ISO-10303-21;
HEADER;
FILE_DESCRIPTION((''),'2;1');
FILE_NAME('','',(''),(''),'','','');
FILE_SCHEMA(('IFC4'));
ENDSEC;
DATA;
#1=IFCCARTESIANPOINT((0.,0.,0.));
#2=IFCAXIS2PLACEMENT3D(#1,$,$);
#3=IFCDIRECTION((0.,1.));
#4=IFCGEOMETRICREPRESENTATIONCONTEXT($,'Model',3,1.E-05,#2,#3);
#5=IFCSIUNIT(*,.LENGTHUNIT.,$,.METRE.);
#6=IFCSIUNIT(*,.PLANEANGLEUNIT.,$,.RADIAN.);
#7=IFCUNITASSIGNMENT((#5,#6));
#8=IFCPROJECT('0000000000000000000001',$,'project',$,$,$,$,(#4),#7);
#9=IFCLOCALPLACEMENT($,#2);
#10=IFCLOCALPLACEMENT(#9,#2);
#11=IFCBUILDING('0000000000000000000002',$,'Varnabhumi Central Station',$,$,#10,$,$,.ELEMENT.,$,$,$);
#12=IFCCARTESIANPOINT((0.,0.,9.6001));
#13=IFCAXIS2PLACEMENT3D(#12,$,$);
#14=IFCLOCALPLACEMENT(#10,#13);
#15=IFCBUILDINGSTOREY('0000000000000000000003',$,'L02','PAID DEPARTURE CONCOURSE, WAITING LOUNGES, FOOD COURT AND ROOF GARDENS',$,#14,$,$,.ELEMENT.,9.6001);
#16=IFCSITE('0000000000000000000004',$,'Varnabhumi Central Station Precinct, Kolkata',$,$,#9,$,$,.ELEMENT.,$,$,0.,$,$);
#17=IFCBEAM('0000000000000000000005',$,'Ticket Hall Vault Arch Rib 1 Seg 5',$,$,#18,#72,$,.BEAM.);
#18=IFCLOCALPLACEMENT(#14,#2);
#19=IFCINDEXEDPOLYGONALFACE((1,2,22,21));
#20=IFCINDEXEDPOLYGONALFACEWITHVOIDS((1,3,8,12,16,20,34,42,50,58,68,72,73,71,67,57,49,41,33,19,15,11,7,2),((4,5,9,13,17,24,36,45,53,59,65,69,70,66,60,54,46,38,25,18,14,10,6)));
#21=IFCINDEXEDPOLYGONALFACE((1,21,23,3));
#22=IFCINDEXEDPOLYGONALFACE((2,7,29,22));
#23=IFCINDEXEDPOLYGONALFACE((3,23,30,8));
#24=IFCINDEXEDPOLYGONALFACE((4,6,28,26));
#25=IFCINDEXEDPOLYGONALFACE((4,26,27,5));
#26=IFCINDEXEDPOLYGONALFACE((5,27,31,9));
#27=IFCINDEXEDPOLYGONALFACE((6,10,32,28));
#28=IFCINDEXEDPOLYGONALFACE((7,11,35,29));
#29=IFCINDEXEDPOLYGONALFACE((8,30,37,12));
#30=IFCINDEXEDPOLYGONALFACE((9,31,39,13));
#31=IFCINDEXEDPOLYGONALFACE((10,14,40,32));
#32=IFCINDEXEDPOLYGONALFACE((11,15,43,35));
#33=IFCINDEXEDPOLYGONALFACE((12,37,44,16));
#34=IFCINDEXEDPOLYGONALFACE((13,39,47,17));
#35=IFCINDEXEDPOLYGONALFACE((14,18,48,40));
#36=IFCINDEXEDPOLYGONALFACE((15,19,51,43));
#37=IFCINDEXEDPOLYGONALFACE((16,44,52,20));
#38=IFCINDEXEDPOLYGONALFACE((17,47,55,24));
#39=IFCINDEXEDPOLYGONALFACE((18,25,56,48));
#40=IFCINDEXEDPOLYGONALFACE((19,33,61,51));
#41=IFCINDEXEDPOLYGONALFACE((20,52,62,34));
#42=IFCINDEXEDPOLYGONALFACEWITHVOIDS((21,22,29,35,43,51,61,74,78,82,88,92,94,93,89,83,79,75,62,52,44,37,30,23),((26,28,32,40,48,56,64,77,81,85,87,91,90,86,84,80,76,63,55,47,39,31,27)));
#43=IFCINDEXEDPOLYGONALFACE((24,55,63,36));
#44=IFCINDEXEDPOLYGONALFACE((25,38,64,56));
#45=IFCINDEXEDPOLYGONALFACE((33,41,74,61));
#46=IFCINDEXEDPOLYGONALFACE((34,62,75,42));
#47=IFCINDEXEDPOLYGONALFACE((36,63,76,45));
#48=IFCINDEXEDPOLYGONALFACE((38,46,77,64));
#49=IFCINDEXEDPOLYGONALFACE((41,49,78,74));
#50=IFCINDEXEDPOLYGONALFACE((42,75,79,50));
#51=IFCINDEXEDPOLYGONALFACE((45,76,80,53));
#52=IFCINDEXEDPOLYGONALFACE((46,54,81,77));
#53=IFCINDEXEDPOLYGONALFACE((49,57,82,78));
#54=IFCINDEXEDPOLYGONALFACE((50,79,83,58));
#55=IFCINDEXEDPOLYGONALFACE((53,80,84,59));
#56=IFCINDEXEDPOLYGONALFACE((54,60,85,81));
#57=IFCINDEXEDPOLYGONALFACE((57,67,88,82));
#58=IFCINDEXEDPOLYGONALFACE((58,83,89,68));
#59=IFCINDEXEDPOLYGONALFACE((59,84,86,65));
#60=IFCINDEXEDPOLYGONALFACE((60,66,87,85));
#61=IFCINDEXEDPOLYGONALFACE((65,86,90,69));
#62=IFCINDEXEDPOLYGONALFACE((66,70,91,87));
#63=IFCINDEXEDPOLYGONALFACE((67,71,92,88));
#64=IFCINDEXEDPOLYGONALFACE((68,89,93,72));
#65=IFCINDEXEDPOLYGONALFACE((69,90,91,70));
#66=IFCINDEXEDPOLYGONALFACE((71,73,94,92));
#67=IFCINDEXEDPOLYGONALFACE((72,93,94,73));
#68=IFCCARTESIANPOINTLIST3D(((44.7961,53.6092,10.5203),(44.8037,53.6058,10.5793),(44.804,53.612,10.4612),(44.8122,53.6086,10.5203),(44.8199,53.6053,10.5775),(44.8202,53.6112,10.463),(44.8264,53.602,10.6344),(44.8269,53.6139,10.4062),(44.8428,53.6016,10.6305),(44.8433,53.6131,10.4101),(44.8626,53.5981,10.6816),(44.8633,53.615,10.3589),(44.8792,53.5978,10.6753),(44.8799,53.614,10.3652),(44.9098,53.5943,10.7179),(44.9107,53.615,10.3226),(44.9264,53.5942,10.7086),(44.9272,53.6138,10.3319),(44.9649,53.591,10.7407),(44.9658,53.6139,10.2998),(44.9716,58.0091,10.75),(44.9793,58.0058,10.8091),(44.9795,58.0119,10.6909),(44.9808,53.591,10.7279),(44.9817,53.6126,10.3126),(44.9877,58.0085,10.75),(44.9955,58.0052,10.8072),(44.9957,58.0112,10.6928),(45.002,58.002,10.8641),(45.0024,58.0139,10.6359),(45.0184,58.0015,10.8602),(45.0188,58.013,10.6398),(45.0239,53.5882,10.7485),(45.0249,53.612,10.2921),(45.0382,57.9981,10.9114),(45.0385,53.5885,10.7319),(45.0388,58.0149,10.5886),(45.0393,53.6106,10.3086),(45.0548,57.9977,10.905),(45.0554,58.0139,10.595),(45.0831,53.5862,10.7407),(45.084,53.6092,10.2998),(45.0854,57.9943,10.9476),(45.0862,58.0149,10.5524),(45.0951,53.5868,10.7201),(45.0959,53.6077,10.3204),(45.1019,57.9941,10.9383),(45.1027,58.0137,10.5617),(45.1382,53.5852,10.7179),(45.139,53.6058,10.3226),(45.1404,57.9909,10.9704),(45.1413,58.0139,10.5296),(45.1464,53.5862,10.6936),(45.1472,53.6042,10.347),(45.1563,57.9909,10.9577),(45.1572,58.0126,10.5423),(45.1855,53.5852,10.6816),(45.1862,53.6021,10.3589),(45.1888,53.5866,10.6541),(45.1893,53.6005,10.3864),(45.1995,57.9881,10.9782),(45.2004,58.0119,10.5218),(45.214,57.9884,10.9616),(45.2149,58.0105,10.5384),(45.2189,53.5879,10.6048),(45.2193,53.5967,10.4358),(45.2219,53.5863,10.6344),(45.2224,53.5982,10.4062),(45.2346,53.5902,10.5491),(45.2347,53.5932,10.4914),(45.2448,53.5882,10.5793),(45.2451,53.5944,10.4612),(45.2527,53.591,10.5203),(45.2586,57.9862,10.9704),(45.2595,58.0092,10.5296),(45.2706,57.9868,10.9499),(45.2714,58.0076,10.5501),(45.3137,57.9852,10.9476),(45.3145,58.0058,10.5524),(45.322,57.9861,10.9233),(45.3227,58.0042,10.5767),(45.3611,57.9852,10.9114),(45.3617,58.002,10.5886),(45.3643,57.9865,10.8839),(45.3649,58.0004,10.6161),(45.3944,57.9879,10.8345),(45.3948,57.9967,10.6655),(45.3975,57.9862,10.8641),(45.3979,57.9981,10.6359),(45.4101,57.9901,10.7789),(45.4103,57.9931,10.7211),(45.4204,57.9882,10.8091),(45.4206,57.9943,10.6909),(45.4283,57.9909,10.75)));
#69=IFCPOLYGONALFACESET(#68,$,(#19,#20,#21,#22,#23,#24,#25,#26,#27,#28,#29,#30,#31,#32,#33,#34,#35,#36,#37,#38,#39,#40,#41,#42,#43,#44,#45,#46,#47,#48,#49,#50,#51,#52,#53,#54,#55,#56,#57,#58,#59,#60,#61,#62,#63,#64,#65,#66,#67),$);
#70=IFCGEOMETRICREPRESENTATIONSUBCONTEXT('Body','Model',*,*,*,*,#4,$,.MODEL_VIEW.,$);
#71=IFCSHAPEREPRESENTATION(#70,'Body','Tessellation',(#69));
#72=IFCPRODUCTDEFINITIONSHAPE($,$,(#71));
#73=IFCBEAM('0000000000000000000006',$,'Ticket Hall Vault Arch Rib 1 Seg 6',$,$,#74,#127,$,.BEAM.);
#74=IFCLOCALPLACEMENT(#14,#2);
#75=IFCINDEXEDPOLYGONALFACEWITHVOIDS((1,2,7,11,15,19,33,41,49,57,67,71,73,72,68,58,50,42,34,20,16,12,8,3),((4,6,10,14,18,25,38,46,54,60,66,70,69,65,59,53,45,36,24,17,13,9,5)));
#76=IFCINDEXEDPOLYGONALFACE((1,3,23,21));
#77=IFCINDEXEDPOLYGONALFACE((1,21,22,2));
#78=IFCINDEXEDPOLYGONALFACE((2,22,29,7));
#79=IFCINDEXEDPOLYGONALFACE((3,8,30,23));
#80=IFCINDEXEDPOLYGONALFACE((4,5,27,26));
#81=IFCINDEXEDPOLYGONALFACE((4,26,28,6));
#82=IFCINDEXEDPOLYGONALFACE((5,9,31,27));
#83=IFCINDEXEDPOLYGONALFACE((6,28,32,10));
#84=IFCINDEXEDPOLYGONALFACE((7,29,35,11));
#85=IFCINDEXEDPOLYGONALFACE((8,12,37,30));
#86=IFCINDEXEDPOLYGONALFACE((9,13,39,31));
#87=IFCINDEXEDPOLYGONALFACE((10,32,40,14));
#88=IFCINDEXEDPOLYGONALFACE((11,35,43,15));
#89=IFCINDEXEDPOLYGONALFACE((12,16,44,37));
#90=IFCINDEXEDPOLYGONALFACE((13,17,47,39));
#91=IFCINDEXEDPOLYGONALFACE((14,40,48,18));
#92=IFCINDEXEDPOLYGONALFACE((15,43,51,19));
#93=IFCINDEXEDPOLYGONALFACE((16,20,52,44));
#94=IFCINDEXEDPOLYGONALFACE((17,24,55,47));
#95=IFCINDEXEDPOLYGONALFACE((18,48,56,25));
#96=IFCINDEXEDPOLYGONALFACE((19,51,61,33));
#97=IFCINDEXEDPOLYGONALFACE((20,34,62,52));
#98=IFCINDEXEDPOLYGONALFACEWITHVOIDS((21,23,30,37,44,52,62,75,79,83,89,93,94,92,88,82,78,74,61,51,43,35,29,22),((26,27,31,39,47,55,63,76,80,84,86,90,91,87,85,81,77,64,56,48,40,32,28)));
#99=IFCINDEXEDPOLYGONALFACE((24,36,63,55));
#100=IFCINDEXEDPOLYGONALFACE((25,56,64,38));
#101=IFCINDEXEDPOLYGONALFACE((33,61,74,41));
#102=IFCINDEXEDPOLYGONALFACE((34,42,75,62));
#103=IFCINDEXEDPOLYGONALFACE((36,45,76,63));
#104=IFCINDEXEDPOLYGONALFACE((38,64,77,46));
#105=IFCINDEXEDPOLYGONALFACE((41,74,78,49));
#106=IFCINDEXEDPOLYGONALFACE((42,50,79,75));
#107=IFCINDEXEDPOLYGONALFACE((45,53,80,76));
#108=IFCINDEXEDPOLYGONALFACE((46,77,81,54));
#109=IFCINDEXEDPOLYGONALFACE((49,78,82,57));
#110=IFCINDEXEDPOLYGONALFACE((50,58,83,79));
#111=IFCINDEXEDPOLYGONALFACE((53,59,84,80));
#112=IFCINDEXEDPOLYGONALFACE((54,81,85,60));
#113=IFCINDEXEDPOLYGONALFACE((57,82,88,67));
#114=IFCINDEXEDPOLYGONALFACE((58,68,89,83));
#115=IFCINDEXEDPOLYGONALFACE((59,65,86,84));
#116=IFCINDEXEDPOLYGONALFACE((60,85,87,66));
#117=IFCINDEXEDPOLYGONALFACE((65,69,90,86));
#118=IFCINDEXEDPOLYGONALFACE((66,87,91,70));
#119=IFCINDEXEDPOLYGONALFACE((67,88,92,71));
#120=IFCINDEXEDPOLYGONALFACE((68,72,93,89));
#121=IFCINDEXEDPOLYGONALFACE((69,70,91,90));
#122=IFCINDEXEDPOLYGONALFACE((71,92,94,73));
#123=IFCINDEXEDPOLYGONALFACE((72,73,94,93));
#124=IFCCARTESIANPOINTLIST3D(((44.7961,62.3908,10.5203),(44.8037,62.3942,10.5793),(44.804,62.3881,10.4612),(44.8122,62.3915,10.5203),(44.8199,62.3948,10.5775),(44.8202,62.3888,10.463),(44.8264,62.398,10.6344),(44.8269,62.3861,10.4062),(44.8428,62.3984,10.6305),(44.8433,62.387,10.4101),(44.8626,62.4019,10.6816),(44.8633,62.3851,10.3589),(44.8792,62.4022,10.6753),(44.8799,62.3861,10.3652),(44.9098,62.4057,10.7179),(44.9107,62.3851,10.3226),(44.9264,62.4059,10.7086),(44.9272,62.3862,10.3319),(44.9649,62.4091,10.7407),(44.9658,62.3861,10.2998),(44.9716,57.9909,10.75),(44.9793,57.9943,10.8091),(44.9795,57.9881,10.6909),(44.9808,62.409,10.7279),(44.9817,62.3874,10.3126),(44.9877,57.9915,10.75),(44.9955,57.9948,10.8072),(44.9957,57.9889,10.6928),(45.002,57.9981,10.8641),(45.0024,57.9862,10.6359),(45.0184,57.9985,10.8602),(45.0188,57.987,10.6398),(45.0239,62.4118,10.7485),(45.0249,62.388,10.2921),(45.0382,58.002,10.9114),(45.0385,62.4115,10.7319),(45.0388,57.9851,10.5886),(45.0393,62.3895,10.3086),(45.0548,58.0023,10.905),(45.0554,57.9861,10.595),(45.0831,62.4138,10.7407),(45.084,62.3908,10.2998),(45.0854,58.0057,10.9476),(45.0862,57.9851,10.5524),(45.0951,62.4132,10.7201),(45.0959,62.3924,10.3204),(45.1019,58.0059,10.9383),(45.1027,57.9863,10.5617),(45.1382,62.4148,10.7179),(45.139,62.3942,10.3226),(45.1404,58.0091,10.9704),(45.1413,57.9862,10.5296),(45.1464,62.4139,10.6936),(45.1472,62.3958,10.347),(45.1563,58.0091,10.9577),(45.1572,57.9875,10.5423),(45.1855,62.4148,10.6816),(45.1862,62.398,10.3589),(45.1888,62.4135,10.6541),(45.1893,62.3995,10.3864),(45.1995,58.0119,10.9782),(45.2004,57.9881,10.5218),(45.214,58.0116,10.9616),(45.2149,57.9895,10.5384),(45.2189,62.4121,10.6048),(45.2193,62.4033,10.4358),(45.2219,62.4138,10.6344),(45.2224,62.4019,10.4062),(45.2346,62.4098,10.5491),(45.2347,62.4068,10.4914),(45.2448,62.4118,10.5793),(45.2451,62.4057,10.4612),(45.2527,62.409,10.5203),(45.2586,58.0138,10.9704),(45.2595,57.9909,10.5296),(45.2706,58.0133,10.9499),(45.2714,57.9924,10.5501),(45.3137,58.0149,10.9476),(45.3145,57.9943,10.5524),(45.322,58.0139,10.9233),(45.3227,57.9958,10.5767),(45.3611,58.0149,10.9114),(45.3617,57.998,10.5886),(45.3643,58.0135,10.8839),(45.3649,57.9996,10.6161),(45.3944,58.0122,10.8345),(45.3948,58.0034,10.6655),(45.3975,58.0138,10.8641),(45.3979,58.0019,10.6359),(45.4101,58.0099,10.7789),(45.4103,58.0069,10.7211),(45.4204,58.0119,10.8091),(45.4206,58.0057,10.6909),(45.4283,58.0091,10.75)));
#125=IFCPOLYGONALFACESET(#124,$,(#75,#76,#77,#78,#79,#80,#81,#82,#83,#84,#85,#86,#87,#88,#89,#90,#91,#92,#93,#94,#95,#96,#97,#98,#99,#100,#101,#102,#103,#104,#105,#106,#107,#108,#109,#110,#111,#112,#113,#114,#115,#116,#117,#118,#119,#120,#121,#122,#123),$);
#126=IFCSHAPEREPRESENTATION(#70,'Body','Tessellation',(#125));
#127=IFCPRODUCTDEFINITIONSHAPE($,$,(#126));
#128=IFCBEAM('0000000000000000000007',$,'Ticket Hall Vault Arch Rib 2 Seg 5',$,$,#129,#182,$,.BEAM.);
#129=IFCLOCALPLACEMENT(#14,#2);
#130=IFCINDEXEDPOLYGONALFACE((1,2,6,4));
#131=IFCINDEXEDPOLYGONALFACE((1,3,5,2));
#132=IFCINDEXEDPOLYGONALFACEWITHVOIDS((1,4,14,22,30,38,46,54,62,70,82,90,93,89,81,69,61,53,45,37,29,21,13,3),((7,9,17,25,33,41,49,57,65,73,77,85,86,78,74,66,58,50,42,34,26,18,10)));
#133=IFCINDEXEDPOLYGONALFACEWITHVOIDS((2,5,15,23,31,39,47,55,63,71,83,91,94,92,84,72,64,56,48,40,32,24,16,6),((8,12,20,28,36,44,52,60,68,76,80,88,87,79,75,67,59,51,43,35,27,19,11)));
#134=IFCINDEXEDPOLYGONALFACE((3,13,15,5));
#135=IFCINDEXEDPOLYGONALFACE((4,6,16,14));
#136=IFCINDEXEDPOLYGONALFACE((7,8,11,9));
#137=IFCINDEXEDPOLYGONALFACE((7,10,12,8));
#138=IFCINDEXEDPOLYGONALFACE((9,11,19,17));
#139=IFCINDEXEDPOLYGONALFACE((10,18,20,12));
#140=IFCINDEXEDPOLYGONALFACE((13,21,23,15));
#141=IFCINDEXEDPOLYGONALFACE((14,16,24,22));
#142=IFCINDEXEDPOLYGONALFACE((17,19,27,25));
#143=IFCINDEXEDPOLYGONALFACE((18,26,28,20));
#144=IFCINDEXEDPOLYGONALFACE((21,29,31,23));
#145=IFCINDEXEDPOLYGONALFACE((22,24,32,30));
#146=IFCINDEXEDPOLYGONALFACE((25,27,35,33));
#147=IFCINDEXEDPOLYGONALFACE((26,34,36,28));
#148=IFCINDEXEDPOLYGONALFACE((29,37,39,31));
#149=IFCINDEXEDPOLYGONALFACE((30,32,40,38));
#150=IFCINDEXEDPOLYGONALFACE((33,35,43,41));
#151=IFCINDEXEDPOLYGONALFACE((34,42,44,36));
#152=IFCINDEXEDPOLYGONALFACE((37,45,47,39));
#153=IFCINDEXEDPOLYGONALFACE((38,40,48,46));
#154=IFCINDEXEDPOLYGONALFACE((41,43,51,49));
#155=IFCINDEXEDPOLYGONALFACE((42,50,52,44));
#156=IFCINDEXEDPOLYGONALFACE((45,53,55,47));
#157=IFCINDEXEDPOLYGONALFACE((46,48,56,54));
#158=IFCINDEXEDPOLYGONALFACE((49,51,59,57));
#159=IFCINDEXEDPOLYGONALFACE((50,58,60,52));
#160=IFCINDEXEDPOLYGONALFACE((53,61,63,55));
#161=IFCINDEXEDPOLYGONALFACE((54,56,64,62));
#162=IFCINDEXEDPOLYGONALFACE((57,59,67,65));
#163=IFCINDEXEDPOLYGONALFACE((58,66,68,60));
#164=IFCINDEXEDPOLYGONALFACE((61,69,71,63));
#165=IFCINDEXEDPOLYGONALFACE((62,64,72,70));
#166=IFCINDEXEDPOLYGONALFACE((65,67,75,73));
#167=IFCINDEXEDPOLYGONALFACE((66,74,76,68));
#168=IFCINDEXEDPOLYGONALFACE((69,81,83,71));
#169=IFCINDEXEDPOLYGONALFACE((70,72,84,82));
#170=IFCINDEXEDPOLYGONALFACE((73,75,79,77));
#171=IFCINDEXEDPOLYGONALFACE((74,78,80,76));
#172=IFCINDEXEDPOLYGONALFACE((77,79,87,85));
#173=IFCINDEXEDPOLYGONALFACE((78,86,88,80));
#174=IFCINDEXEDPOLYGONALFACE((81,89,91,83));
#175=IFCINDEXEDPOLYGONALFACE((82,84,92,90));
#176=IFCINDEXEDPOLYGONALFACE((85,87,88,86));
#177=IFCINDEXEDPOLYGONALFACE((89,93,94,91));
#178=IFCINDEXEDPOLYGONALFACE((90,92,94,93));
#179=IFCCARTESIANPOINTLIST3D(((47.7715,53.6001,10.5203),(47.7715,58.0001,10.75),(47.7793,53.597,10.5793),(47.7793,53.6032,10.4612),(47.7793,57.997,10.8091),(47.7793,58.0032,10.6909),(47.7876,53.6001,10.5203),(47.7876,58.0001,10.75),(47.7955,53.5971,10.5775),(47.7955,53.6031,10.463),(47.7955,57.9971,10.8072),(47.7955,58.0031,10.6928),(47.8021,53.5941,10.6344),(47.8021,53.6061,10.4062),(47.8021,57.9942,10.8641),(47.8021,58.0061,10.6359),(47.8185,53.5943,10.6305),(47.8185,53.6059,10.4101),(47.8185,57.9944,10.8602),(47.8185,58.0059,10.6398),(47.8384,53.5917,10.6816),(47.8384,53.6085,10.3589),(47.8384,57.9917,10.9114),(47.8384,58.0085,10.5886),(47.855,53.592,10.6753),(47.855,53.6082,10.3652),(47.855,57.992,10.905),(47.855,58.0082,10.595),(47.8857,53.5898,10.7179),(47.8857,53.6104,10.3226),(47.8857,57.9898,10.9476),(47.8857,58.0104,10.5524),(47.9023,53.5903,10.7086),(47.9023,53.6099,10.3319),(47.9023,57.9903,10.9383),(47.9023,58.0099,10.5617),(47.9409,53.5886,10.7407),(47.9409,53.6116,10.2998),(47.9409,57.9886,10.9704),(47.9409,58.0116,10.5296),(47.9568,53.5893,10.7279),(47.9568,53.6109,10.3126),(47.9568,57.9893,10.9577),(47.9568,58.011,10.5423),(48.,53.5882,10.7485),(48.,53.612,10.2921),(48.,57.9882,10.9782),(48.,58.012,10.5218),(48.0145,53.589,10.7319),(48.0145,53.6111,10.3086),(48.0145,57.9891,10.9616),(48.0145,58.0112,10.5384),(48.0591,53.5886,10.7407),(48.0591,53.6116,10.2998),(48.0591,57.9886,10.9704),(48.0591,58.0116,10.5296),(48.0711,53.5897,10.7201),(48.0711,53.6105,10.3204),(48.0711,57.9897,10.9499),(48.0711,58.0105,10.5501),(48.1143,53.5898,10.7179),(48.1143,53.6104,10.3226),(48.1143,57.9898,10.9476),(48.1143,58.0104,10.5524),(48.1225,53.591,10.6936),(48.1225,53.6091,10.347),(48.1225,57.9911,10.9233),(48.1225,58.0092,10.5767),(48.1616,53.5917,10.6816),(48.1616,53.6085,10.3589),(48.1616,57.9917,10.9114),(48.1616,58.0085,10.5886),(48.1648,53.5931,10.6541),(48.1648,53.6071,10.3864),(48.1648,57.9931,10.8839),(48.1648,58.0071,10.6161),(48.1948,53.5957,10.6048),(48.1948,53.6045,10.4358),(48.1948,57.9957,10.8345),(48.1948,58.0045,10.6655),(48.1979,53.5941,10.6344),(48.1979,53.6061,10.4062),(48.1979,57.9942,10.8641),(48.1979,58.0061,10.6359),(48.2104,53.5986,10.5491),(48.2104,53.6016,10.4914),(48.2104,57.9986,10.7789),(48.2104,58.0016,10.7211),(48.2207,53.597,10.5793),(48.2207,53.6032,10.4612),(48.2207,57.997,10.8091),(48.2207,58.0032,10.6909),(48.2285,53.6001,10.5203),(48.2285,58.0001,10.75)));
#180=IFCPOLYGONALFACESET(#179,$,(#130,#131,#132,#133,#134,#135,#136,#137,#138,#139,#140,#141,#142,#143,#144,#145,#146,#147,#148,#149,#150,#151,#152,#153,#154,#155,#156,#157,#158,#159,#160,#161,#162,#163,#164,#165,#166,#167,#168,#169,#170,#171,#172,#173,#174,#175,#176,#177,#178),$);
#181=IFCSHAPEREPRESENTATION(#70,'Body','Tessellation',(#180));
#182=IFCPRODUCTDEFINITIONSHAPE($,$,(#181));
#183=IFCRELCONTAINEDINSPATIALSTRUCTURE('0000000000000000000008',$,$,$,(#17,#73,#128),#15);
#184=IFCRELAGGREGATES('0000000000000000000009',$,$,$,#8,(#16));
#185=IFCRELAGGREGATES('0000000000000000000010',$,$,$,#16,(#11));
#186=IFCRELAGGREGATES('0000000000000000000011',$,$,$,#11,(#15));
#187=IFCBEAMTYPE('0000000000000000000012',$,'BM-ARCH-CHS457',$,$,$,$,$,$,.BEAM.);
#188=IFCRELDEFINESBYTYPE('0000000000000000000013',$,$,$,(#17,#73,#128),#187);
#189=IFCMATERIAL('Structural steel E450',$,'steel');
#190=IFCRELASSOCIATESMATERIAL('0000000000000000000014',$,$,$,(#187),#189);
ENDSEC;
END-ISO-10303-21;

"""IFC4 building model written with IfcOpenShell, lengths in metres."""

from ifc_helpers import new_model, si_unit, direction, frame, origin, origin_2d, place, context, subcontext, project, spatial, hollow_circle, extrude, material, material_profile, profile_set, type_object, element, save


model = new_model("IFC4")

# Units and contexts
model_context = context("Model", 3, precision=1e-05, world=origin(), true_north=direction((0.0, 1.0)))
body_context = subcontext(model_context, "Body", "Model", "MODEL_VIEW")
ifc_project = project(units=[si_unit("LENGTHUNIT", "METRE"), si_unit("PLANEANGLEUNIT", "RADIAN")], contexts=[model_context])

# Site, building, storey
site_placement = place(None, origin())
site = spatial("IfcSite", under=ifc_project, at=site_placement, Name="Varnabhumi Central Station Precinct, Kolkata", CompositionType="ELEMENT", RefElevation=0.0)
building_placement = place(site_placement, origin())
building = spatial("IfcBuilding", under=site, at=building_placement, Name="Varnabhumi Central Station", CompositionType="ELEMENT")
storey_placement = place(building_placement, frame((0.0, 0.0, 9.6001)))
storey = spatial("IfcBuildingStorey", under=building, at=storey_placement, Name="L02", Description="PAID DEPARTURE CONCOURSE, WAITING LOUNGES, FOOD COURT AND ROOF GARDENS", CompositionType="ELEMENT", Elevation=9.6001)

# Beams
ifc_material_1 = material(Name="Structural steel E450", Category="steel")
ifc_material_profile_1 = material_profile(ifc_material_1, hollow_circle(Radius=0.2285, WallThickness=0.0161, at=origin_2d()), Name="Structural steel E450", Category="steel")
ifc_profile_set_1 = profile_set([ifc_material_profile_1], Name="Structural steel E450")
beam_type_1 = type_object("IfcBeamType", Name="BM-ARCH-CHS457", PredefinedType="BEAM", material=ifc_profile_set_1)
for number, where, z_axis, x_axis, name in (
    (1, (45.0244, 53.6001, 10.5203), (0.03981, 0.997848, 0.052102), (-0.999205, 0.039864, 0.0), "Ticket Hall Vault Arch Rib 1 Seg 5"),
    (2, (45.2, 58.0, 10.75), (-0.03981, 0.997848, -0.052102), (-0.999205, -0.039864, 0.0), "Ticket Hall Vault Arch Rib 1 Seg 6"),
):
    element("IfcBeam", number, at=place(storey_placement, frame(where, z_axis=z_axis, x_axis=x_axis)), inside=storey, type_object=beam_type_1, Name=name, PredefinedType="BEAM", context=body_context, shape_type="SweptSolid", body=[
        extrude(hollow_circle(Radius=0.2285, WallThickness=0.0161, at=origin_2d()), origin(), (0.0, 0.0, 1.0), 4.4094),
    ])
for number, where, z_axis, x_axis, name in (
    (3, (48.0, 53.6001, 10.5203), (0.0, 0.99864, 0.052143), (-1.0, 0.0, 0.0), "Ticket Hall Vault Arch Rib 2 Seg 5"),
):
    element("IfcBeam", number, at=place(storey_placement, frame(where, z_axis=z_axis, x_axis=x_axis)), inside=storey, type_object=beam_type_1, Name=name, PredefinedType="BEAM", context=body_context, shape_type="SweptSolid", body=[
        extrude(hollow_circle(Radius=0.2285, WallThickness=0.0161, at=origin_2d()), origin(), (0.0, 0.0, 1.0), 4.406),
    ])

save(model, "model.ifc")
